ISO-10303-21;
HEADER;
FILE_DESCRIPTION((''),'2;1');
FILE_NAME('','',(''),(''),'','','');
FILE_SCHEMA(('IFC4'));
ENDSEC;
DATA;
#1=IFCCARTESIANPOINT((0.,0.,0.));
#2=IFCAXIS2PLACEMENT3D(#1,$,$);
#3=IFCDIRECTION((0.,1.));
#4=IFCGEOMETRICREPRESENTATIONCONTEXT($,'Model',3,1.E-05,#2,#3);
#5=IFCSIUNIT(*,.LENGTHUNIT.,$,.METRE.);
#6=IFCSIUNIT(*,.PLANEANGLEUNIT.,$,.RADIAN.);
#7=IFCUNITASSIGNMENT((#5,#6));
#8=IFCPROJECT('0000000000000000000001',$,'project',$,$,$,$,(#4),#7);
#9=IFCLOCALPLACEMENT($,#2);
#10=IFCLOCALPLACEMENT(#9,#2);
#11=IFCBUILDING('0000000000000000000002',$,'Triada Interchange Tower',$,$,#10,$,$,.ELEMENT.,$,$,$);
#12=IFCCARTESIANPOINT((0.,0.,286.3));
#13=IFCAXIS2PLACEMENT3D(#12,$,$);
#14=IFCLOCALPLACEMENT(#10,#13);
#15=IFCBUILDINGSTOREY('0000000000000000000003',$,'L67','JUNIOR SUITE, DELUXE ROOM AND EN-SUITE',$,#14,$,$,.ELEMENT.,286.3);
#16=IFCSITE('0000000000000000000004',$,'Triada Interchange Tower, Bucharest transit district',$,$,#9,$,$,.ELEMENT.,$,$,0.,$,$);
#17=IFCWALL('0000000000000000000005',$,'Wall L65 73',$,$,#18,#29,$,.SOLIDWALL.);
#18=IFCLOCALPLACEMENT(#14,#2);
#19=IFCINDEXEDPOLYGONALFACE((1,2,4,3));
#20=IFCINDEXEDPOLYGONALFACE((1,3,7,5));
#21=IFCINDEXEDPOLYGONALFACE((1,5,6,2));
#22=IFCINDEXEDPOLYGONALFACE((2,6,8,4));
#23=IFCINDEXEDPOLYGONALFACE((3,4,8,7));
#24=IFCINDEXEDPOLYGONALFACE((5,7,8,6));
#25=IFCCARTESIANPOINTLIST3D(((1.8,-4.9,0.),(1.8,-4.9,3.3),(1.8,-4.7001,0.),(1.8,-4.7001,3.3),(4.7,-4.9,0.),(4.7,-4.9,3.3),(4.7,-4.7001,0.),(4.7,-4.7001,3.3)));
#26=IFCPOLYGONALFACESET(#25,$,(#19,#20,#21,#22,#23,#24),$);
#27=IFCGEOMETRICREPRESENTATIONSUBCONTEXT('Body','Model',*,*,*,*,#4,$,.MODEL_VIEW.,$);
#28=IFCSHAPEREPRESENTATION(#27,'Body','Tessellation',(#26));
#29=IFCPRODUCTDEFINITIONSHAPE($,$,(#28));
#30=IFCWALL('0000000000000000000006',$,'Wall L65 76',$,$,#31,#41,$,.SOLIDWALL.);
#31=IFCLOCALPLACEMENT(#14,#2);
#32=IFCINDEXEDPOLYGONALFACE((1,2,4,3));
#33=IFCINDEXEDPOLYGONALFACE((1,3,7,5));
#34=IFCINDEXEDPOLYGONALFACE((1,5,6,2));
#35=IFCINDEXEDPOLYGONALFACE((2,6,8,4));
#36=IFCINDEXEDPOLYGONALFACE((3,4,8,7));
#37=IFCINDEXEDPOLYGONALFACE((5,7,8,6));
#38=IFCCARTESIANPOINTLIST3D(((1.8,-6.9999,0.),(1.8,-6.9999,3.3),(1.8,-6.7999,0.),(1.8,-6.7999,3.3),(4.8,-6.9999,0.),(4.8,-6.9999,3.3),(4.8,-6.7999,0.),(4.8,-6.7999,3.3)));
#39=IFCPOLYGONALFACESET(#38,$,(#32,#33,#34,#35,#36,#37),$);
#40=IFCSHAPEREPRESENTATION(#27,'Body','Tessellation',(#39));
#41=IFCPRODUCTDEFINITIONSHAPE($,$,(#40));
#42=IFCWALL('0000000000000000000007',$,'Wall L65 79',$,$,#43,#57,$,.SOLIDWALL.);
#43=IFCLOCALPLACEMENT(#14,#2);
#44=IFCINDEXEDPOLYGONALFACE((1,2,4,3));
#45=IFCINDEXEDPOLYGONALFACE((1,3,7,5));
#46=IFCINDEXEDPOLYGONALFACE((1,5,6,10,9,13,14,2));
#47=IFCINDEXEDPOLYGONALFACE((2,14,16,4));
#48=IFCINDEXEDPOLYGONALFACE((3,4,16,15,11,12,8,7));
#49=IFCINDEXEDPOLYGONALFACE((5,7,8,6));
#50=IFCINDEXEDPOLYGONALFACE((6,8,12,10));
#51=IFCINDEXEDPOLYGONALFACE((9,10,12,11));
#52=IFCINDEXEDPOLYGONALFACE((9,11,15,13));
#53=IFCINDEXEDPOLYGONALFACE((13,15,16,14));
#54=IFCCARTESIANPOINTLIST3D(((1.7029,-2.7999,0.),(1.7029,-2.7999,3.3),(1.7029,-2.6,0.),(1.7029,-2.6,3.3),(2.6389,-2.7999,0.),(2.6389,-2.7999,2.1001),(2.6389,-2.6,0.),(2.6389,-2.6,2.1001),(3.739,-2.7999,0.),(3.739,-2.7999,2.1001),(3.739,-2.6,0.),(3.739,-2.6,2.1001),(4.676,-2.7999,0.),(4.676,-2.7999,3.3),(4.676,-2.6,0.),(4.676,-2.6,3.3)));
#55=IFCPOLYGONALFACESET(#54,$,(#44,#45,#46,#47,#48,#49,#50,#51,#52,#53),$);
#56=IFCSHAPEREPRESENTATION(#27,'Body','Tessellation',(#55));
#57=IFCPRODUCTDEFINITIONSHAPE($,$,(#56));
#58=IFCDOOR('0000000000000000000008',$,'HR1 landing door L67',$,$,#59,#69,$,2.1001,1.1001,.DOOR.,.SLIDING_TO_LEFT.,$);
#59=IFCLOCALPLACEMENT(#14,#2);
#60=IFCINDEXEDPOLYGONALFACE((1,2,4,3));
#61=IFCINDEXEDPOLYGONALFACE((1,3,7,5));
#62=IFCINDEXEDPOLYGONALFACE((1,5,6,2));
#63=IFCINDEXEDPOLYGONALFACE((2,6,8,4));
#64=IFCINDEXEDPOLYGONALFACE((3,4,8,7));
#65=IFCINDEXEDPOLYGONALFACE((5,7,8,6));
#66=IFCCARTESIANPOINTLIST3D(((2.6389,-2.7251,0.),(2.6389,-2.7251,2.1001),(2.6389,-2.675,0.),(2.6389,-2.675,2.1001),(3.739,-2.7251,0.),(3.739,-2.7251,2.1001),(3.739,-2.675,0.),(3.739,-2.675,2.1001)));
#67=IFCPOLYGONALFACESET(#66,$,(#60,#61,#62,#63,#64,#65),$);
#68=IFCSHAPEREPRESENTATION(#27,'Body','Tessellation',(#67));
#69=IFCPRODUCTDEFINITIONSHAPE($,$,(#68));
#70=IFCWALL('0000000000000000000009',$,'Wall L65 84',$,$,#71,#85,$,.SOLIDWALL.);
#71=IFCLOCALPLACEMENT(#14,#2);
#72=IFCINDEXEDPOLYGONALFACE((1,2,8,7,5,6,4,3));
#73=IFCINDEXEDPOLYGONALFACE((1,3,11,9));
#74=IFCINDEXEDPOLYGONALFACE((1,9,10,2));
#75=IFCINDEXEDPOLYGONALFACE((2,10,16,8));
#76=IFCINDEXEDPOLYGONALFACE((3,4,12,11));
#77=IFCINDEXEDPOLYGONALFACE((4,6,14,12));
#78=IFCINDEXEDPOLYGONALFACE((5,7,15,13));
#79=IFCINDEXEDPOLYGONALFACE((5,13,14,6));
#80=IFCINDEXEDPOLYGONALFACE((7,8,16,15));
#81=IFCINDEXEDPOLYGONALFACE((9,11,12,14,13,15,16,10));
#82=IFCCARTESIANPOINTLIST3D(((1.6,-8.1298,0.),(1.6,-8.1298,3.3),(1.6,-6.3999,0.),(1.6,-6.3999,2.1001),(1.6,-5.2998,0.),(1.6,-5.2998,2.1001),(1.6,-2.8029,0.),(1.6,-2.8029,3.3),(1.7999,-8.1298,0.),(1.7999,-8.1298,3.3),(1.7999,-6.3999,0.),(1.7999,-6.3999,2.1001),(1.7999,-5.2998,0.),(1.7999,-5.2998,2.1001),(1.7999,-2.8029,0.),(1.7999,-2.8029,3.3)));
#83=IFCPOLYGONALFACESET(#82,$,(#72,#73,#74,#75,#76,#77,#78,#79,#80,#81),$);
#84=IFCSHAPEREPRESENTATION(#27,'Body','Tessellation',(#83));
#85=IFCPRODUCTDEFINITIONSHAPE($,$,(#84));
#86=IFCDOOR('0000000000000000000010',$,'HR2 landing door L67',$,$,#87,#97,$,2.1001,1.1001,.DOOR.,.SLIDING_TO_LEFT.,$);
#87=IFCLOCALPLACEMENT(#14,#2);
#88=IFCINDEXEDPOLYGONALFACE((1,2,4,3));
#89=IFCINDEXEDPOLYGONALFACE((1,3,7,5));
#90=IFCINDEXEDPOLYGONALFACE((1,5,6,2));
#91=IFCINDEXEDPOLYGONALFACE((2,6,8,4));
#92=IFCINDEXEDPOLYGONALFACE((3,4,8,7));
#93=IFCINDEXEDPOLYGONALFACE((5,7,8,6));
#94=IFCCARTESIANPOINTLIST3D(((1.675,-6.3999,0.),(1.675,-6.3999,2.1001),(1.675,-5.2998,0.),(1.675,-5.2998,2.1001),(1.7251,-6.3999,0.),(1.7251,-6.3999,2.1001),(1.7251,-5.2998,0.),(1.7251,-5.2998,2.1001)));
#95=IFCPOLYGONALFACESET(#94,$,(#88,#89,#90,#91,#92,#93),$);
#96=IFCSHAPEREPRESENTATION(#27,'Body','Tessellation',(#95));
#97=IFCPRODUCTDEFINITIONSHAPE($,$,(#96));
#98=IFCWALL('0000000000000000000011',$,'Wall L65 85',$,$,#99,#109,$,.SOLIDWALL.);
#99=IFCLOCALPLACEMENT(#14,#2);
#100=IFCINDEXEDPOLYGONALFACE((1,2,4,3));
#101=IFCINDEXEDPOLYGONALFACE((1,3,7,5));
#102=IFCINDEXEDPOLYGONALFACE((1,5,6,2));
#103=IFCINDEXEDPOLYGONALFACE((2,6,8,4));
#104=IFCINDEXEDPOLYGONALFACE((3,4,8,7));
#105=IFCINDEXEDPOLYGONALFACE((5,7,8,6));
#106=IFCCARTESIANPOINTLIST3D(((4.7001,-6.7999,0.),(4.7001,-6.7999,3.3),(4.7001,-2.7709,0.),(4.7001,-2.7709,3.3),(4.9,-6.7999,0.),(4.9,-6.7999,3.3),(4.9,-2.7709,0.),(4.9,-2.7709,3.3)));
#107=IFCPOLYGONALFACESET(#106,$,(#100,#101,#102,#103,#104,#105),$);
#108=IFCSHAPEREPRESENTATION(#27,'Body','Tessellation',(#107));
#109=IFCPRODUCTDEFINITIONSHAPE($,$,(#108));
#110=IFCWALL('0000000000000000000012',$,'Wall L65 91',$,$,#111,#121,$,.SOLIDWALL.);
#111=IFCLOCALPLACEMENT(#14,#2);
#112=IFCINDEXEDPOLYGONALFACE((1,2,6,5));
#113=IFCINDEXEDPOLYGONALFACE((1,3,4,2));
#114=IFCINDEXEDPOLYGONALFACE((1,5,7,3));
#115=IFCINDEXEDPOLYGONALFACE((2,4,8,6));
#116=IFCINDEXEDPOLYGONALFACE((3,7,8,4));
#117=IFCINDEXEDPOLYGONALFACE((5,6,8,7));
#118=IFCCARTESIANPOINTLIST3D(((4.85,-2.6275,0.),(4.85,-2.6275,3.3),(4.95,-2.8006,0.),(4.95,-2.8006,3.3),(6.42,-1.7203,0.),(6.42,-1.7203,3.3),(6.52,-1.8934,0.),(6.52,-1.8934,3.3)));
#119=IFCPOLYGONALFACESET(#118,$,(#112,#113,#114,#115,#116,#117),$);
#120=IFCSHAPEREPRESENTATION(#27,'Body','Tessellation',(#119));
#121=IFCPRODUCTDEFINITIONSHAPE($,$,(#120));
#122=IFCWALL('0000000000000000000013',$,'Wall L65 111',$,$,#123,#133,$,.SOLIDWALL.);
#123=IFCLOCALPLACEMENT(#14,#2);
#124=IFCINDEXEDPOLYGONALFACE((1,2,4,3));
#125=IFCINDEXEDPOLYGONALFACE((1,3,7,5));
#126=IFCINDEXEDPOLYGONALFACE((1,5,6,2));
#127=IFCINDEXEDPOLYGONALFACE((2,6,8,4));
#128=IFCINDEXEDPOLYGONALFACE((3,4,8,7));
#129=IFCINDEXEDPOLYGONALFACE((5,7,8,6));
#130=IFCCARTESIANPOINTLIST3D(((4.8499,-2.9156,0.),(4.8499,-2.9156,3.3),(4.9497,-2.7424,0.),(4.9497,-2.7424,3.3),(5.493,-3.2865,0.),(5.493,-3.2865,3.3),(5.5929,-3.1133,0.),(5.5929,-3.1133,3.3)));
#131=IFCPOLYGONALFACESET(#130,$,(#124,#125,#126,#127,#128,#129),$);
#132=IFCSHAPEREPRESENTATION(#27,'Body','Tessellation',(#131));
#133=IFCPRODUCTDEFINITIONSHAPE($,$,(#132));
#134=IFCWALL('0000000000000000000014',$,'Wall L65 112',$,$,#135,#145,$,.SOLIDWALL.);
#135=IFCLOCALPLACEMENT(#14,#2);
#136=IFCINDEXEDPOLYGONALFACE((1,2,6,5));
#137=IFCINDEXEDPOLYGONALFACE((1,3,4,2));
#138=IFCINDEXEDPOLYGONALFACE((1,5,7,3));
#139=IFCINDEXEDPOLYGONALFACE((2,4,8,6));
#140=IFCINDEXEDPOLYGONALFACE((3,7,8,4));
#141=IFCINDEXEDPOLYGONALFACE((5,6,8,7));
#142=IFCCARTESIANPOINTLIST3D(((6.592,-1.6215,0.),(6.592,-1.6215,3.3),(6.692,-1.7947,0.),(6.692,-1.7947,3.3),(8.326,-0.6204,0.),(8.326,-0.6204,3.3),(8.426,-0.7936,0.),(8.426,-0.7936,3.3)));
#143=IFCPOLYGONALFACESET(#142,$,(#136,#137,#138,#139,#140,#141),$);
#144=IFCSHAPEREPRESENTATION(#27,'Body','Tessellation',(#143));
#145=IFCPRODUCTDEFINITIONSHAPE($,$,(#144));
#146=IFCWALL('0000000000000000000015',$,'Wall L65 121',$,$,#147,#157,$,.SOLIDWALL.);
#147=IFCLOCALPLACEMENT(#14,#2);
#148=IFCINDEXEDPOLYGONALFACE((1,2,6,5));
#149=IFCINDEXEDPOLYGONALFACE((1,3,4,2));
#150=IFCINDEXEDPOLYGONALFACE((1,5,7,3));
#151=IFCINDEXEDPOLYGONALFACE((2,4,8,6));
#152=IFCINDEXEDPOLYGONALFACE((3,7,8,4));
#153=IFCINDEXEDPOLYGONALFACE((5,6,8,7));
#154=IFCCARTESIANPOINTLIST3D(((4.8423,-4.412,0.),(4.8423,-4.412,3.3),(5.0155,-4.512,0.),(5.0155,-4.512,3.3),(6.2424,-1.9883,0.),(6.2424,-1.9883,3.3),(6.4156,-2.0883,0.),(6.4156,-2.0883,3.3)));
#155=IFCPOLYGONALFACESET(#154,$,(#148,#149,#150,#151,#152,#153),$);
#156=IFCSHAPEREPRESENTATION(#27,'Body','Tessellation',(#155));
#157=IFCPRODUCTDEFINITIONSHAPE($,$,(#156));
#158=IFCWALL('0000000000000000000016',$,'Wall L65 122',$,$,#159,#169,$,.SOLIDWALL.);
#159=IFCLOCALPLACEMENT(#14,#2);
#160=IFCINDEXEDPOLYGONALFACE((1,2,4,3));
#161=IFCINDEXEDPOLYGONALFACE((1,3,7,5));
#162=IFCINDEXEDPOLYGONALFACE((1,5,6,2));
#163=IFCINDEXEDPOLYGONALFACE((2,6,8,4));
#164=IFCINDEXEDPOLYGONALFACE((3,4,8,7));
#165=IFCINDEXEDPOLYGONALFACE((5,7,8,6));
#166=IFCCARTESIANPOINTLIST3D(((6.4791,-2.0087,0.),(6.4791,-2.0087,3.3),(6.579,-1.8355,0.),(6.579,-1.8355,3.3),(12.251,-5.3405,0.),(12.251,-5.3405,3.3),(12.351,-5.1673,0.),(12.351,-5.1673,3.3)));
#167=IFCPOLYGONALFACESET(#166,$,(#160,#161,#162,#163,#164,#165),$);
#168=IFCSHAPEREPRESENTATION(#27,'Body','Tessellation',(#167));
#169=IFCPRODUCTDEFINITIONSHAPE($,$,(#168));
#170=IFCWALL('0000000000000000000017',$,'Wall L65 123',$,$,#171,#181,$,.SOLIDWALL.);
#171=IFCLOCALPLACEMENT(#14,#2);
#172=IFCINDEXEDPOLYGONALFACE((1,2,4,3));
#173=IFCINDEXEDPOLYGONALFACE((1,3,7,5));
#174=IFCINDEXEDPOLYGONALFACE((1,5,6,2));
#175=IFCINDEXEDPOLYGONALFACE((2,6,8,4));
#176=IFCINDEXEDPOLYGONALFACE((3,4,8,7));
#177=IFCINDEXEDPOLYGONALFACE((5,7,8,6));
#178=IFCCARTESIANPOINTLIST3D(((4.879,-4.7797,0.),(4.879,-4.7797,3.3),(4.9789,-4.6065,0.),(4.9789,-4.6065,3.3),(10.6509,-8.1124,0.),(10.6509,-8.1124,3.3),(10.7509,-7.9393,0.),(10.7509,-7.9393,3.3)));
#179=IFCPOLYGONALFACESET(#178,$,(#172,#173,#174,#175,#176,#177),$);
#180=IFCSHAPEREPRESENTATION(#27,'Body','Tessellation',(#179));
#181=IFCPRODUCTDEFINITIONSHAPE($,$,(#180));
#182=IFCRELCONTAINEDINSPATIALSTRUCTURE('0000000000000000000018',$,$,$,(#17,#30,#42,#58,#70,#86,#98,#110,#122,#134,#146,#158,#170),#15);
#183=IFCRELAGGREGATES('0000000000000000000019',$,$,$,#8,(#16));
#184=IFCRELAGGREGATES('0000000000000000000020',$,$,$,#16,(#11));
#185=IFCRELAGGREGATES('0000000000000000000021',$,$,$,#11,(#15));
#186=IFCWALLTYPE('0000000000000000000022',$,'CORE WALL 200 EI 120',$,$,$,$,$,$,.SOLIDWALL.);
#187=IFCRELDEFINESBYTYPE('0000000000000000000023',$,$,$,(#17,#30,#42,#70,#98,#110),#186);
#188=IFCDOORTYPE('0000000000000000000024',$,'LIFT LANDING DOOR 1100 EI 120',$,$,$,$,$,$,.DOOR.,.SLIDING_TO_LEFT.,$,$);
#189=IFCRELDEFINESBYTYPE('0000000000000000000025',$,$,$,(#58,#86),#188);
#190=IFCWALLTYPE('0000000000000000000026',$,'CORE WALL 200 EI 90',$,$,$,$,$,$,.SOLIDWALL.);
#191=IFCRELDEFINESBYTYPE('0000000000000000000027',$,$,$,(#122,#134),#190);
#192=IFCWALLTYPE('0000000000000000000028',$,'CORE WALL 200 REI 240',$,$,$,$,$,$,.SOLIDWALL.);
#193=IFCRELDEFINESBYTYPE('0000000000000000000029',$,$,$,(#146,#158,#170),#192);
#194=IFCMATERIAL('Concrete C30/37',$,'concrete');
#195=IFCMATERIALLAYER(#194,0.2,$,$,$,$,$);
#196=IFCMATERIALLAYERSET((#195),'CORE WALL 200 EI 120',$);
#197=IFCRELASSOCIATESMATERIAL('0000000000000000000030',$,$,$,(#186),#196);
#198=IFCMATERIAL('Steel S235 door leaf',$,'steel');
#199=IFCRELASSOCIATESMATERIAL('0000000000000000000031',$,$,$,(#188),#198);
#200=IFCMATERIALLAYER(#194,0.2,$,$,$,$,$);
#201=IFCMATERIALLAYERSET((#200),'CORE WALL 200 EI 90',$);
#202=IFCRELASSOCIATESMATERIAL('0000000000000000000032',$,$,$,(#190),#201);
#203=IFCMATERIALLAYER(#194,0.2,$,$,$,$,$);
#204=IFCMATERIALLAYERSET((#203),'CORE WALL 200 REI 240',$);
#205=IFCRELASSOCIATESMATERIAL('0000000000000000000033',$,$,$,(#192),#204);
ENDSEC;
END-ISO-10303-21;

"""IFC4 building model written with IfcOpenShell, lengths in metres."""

from ifc_helpers import new_model, si_unit, direction, frame, frame_2d, origin, place, context, subcontext, project, spatial, rectangle, extrude, material, layer, layer_set, type_object, element, fill, save


model = new_model("IFC4")

# Units and contexts
model_context = context("Model", 3, precision=1e-05, world=origin(), true_north=direction((0.0, 1.0)))
body_context = subcontext(model_context, "Body", "Model", "MODEL_VIEW")
ifc_project = project(units=[si_unit("LENGTHUNIT", "METRE"), si_unit("PLANEANGLEUNIT", "RADIAN")], contexts=[model_context])

# Site, building, storey
site_placement = place(None, origin())
site = spatial("IfcSite", under=ifc_project, at=site_placement, Name="Triada Interchange Tower, Bucharest transit district", CompositionType="ELEMENT", RefElevation=0.0)
building_placement = place(site_placement, origin())
building = spatial("IfcBuilding", under=site, at=building_placement, Name="Triada Interchange Tower", CompositionType="ELEMENT")
storey_placement = place(building_placement, frame((0.0, 0.0, 286.3)))
storey = spatial("IfcBuildingStorey", under=building, at=storey_placement, Name="L67", Description="JUNIOR SUITE, DELUXE ROOM AND EN-SUITE", CompositionType="ELEMENT", Elevation=286.3)

# Walls
ifc_material_1 = material(Name="Concrete C30/37", Category="concrete")
ifc_layer_1 = layer(ifc_material_1, 0.2)
ifc_layer_set_1 = layer_set([ifc_layer_1], Name="CORE WALL 200 EI 120")
wall_type_1 = type_object("IfcWallType", Name="CORE WALL 200 EI 120", PredefinedType="SOLIDWALL", material=ifc_layer_set_1)
wall_1_placement = place(storey_placement, frame((1.8, -4.8, 0.0), z_axis=(0.0, 0.0, 1.0), x_axis=(1.0, 0.0, 0.0)))
element("IfcWall", 1, at=wall_1_placement, inside=storey, type_object=wall_type_1, Name="Wall L65 73", PredefinedType="SOLIDWALL", context=body_context, shape_type="SweptSolid", body=[
    extrude(rectangle(XDim=2.8999, YDim=0.2, at=frame_2d((1.45, 0.0))), origin(), (0.0, 0.0, 1.0), 3.3),
])
wall_2_placement = place(storey_placement, frame((1.8, -6.8999, 0.0), z_axis=(0.0, 0.0, 1.0), x_axis=(1.0, 0.0, 0.0)))
element("IfcWall", 2, at=wall_2_placement, inside=storey, type_object=wall_type_1, Name="Wall L65 76", PredefinedType="SOLIDWALL", context=body_context, shape_type="SweptSolid", body=[
    extrude(rectangle(XDim=3.0, YDim=0.2, at=frame_2d((1.5, 0.0))), origin(), (0.0, 0.0, 1.0), 3.3),
])

# Walls, openings, doors
wall_3_placement = place(storey_placement, frame((1.7029, -2.7, 0.0), z_axis=(0.0, 0.0, 1.0), x_axis=(1.0, 0.0, 0.0)))
wall_3 = element("IfcWall", 3, at=wall_3_placement, inside=storey, type_object=wall_type_1, Name="Wall L65 79", PredefinedType="SOLIDWALL", context=body_context, shape_type="SweptSolid", body=[
    extrude(rectangle(XDim=2.9731, YDim=0.2, at=frame_2d((1.4866, 0.0))), origin(), (0.0, 0.0, 1.0), 3.3),
])
opening_1_placement = place(wall_3_placement, frame((0.936, 0.0, 0.0)))
opening_1 = element("IfcOpeningElement", 4, at=opening_1_placement, cuts=wall_3, PredefinedType="OPENING", context=body_context, shape_type="SweptSolid", body=[
    extrude(rectangle(XDim=1.1001, YDim=2.1001, at=frame_2d((0.55, 1.05))), frame((0.0, 0.1099, 0.0), z_axis=(0.0, -1.0, 0.0), x_axis=(1.0, 0.0, 0.0)), (0.0, 0.0, 1.0), 0.22),
])
ifc_material_2 = material(Name="Steel S235 door leaf", Category="steel")
door_type_1 = type_object("IfcDoorType", Name="LIFT LANDING DOOR 1100 EI 120", OperationType="SLIDING_TO_LEFT", PredefinedType="DOOR", material=ifc_material_2)
door_1_placement = place(opening_1_placement, origin())
door_1 = element("IfcDoor", 5, at=door_1_placement, inside=storey, type_object=door_type_1, Name="HR1 landing door L67", OperationType="SLIDING_TO_LEFT", OverallHeight=2.1001, OverallWidth=1.1001, PredefinedType="DOOR", context=body_context, shape_type="SweptSolid", body=[
    extrude(rectangle(XDim=1.1001, YDim=2.1001, at=frame_2d((0.55, 1.05))), frame((0.0, 0.0249, 0.0), z_axis=(0.0, -1.0, 0.0), x_axis=(1.0, 0.0, 0.0)), (0.0, 0.0, 1.0), 0.05),
])
fill(opening_1, door_1)
wall_4_placement = place(storey_placement, frame((1.7, -8.1299, 0.0), z_axis=(0.0, 0.0, 1.0), x_axis=(0.0, 1.0, 0.0)))
wall_4 = element("IfcWall", 6, at=wall_4_placement, inside=storey, type_object=wall_type_1, Name="Wall L65 84", PredefinedType="SOLIDWALL", context=body_context, shape_type="SweptSolid", body=[
    extrude(rectangle(XDim=5.3269, YDim=0.2, at=frame_2d((2.6636, 0.0))), origin(), (0.0, 0.0, 1.0), 3.3),
])
opening_2_placement = place(wall_4_placement, frame((1.73, 0.0, 0.0)))
opening_2 = element("IfcOpeningElement", 7, at=opening_2_placement, cuts=wall_4, PredefinedType="OPENING", context=body_context, shape_type="SweptSolid", body=[
    extrude(rectangle(XDim=1.1001, YDim=2.1001, at=frame_2d((0.55, 1.05))), frame((0.0, 0.1099, 0.0), z_axis=(0.0, -1.0, 0.0), x_axis=(1.0, 0.0, 0.0)), (0.0, 0.0, 1.0), 0.22),
])
door_2_placement = place(opening_2_placement, origin())
door_2 = element("IfcDoor", 8, at=door_2_placement, inside=storey, type_object=door_type_1, Name="HR2 landing door L67", OperationType="SLIDING_TO_LEFT", OverallHeight=2.1001, OverallWidth=1.1001, PredefinedType="DOOR", context=body_context, shape_type="SweptSolid", body=[
    extrude(rectangle(XDim=1.1001, YDim=2.1001, at=frame_2d((0.55, 1.05))), frame((0.0, 0.0249, 0.0), z_axis=(0.0, -1.0, 0.0), x_axis=(1.0, 0.0, 0.0)), (0.0, 0.0, 1.0), 0.05),
])
fill(opening_2, door_2)

# Walls
wall_5_placement = place(storey_placement, frame((4.8, -6.8, 0.0), z_axis=(0.0, 0.0, 1.0), x_axis=(0.0, 1.0, 0.0)))
element("IfcWall", 9, at=wall_5_placement, inside=storey, type_object=wall_type_1, Name="Wall L65 85", PredefinedType="SOLIDWALL", context=body_context, shape_type="SweptSolid", body=[
    extrude(rectangle(XDim=4.0291, YDim=0.2, at=frame_2d((2.0146, 0.0))), origin(), (0.0, 0.0, 1.0), 3.3),
])
wall_6_placement = place(storey_placement, frame((4.8999, -2.7141, 0.0), z_axis=(0.0, 0.0, 1.0), x_axis=(0.865847, 0.500309, 0.0)))
element("IfcWall", 10, at=wall_6_placement, inside=storey, type_object=wall_type_1, Name="Wall L65 91", PredefinedType="SOLIDWALL", context=body_context, shape_type="SweptSolid", body=[
    extrude(rectangle(XDim=1.8132, YDim=0.2, at=frame_2d((0.9067, 0.0))), origin(), (0.0, 0.0, 1.0), 3.3),
])
ifc_layer_2 = layer(ifc_material_1, 0.2)
ifc_layer_set_2 = layer_set([ifc_layer_2], Name="CORE WALL 200 EI 90")
wall_type_2 = type_object("IfcWallType", Name="CORE WALL 200 EI 90", PredefinedType="SOLIDWALL", material=ifc_layer_set_2)
wall_7_placement = place(storey_placement, frame((4.8999, -2.8291, 0.0), z_axis=(0.0, 0.0, 1.0), x_axis=(0.866273, -0.499571, 0.0)))
element("IfcWall", 11, at=wall_7_placement, inside=storey, type_object=wall_type_2, Name="Wall L65 111", PredefinedType="SOLIDWALL", context=body_context, shape_type="SweptSolid", body=[
    extrude(rectangle(XDim=0.7424, YDim=0.2, at=frame_2d((0.3711, 0.0))), origin(), (0.0, 0.0, 1.0), 3.3),
])
wall_8_placement = place(storey_placement, frame((6.6421, -1.708, 0.0), z_axis=(0.0, 0.0, 1.0), x_axis=(0.866043, 0.499969, 0.0)))
element("IfcWall", 12, at=wall_8_placement, inside=storey, type_object=wall_type_2, Name="Wall L65 112", PredefinedType="SOLIDWALL", context=body_context, shape_type="SweptSolid", body=[
    extrude(rectangle(XDim=2.0022, YDim=0.2, at=frame_2d((1.001, 0.0))), origin(), (0.0, 0.0, 1.0), 3.3),
])
ifc_layer_3 = layer(ifc_material_1, 0.2)
ifc_layer_set_3 = layer_set([ifc_layer_3], Name="CORE WALL 200 REI 240")
wall_type_3 = type_object("IfcWallType", Name="CORE WALL 200 REI 240", PredefinedType="SOLIDWALL", material=ifc_layer_set_3)
wall_9_placement = place(storey_placement, frame((4.929, -4.4619, 0.0), z_axis=(0.0, 0.0, 1.0), x_axis=(0.500201, 0.86591, 0.0)))
element("IfcWall", 13, at=wall_9_placement, inside=storey, type_object=wall_type_3, Name="Wall L65 121", PredefinedType="SOLIDWALL", context=body_context, shape_type="SweptSolid", body=[
    extrude(rectangle(XDim=2.7991, YDim=0.2, at=frame_2d((1.3994, 0.0))), origin(), (0.0, 0.0, 1.0), 3.3),
])
wall_10_placement = place(storey_placement, frame((6.5291, -1.9221, 0.0), z_axis=(0.0, 0.0, 1.0), x_axis=(0.866068, -0.499925, 0.0)))
element("IfcWall", 14, at=wall_10_placement, inside=storey, type_object=wall_type_3, Name="Wall L65 122", PredefinedType="SOLIDWALL", context=body_context, shape_type="SweptSolid", body=[
    extrude(rectangle(XDim=6.6646, YDim=0.2, at=frame_2d((3.3323, 0.0))), origin(), (0.0, 0.0, 1.0), 3.3),
])
wall_11_placement = place(storey_placement, frame((4.929, -4.6931, 0.0), z_axis=(0.0, 0.0, 1.0), x_axis=(0.866005, -0.500035, 0.0)))
element("IfcWall", 15, at=wall_11_placement, inside=storey, type_object=wall_type_3, Name="Wall L65 123", PredefinedType="SOLIDWALL", context=body_context, shape_type="SweptSolid", body=[
    extrude(rectangle(XDim=6.665, YDim=0.2, at=frame_2d((3.3325, 0.0))), origin(), (0.0, 0.0, 1.0), 3.3),
])

save(model, "model.ifc")
